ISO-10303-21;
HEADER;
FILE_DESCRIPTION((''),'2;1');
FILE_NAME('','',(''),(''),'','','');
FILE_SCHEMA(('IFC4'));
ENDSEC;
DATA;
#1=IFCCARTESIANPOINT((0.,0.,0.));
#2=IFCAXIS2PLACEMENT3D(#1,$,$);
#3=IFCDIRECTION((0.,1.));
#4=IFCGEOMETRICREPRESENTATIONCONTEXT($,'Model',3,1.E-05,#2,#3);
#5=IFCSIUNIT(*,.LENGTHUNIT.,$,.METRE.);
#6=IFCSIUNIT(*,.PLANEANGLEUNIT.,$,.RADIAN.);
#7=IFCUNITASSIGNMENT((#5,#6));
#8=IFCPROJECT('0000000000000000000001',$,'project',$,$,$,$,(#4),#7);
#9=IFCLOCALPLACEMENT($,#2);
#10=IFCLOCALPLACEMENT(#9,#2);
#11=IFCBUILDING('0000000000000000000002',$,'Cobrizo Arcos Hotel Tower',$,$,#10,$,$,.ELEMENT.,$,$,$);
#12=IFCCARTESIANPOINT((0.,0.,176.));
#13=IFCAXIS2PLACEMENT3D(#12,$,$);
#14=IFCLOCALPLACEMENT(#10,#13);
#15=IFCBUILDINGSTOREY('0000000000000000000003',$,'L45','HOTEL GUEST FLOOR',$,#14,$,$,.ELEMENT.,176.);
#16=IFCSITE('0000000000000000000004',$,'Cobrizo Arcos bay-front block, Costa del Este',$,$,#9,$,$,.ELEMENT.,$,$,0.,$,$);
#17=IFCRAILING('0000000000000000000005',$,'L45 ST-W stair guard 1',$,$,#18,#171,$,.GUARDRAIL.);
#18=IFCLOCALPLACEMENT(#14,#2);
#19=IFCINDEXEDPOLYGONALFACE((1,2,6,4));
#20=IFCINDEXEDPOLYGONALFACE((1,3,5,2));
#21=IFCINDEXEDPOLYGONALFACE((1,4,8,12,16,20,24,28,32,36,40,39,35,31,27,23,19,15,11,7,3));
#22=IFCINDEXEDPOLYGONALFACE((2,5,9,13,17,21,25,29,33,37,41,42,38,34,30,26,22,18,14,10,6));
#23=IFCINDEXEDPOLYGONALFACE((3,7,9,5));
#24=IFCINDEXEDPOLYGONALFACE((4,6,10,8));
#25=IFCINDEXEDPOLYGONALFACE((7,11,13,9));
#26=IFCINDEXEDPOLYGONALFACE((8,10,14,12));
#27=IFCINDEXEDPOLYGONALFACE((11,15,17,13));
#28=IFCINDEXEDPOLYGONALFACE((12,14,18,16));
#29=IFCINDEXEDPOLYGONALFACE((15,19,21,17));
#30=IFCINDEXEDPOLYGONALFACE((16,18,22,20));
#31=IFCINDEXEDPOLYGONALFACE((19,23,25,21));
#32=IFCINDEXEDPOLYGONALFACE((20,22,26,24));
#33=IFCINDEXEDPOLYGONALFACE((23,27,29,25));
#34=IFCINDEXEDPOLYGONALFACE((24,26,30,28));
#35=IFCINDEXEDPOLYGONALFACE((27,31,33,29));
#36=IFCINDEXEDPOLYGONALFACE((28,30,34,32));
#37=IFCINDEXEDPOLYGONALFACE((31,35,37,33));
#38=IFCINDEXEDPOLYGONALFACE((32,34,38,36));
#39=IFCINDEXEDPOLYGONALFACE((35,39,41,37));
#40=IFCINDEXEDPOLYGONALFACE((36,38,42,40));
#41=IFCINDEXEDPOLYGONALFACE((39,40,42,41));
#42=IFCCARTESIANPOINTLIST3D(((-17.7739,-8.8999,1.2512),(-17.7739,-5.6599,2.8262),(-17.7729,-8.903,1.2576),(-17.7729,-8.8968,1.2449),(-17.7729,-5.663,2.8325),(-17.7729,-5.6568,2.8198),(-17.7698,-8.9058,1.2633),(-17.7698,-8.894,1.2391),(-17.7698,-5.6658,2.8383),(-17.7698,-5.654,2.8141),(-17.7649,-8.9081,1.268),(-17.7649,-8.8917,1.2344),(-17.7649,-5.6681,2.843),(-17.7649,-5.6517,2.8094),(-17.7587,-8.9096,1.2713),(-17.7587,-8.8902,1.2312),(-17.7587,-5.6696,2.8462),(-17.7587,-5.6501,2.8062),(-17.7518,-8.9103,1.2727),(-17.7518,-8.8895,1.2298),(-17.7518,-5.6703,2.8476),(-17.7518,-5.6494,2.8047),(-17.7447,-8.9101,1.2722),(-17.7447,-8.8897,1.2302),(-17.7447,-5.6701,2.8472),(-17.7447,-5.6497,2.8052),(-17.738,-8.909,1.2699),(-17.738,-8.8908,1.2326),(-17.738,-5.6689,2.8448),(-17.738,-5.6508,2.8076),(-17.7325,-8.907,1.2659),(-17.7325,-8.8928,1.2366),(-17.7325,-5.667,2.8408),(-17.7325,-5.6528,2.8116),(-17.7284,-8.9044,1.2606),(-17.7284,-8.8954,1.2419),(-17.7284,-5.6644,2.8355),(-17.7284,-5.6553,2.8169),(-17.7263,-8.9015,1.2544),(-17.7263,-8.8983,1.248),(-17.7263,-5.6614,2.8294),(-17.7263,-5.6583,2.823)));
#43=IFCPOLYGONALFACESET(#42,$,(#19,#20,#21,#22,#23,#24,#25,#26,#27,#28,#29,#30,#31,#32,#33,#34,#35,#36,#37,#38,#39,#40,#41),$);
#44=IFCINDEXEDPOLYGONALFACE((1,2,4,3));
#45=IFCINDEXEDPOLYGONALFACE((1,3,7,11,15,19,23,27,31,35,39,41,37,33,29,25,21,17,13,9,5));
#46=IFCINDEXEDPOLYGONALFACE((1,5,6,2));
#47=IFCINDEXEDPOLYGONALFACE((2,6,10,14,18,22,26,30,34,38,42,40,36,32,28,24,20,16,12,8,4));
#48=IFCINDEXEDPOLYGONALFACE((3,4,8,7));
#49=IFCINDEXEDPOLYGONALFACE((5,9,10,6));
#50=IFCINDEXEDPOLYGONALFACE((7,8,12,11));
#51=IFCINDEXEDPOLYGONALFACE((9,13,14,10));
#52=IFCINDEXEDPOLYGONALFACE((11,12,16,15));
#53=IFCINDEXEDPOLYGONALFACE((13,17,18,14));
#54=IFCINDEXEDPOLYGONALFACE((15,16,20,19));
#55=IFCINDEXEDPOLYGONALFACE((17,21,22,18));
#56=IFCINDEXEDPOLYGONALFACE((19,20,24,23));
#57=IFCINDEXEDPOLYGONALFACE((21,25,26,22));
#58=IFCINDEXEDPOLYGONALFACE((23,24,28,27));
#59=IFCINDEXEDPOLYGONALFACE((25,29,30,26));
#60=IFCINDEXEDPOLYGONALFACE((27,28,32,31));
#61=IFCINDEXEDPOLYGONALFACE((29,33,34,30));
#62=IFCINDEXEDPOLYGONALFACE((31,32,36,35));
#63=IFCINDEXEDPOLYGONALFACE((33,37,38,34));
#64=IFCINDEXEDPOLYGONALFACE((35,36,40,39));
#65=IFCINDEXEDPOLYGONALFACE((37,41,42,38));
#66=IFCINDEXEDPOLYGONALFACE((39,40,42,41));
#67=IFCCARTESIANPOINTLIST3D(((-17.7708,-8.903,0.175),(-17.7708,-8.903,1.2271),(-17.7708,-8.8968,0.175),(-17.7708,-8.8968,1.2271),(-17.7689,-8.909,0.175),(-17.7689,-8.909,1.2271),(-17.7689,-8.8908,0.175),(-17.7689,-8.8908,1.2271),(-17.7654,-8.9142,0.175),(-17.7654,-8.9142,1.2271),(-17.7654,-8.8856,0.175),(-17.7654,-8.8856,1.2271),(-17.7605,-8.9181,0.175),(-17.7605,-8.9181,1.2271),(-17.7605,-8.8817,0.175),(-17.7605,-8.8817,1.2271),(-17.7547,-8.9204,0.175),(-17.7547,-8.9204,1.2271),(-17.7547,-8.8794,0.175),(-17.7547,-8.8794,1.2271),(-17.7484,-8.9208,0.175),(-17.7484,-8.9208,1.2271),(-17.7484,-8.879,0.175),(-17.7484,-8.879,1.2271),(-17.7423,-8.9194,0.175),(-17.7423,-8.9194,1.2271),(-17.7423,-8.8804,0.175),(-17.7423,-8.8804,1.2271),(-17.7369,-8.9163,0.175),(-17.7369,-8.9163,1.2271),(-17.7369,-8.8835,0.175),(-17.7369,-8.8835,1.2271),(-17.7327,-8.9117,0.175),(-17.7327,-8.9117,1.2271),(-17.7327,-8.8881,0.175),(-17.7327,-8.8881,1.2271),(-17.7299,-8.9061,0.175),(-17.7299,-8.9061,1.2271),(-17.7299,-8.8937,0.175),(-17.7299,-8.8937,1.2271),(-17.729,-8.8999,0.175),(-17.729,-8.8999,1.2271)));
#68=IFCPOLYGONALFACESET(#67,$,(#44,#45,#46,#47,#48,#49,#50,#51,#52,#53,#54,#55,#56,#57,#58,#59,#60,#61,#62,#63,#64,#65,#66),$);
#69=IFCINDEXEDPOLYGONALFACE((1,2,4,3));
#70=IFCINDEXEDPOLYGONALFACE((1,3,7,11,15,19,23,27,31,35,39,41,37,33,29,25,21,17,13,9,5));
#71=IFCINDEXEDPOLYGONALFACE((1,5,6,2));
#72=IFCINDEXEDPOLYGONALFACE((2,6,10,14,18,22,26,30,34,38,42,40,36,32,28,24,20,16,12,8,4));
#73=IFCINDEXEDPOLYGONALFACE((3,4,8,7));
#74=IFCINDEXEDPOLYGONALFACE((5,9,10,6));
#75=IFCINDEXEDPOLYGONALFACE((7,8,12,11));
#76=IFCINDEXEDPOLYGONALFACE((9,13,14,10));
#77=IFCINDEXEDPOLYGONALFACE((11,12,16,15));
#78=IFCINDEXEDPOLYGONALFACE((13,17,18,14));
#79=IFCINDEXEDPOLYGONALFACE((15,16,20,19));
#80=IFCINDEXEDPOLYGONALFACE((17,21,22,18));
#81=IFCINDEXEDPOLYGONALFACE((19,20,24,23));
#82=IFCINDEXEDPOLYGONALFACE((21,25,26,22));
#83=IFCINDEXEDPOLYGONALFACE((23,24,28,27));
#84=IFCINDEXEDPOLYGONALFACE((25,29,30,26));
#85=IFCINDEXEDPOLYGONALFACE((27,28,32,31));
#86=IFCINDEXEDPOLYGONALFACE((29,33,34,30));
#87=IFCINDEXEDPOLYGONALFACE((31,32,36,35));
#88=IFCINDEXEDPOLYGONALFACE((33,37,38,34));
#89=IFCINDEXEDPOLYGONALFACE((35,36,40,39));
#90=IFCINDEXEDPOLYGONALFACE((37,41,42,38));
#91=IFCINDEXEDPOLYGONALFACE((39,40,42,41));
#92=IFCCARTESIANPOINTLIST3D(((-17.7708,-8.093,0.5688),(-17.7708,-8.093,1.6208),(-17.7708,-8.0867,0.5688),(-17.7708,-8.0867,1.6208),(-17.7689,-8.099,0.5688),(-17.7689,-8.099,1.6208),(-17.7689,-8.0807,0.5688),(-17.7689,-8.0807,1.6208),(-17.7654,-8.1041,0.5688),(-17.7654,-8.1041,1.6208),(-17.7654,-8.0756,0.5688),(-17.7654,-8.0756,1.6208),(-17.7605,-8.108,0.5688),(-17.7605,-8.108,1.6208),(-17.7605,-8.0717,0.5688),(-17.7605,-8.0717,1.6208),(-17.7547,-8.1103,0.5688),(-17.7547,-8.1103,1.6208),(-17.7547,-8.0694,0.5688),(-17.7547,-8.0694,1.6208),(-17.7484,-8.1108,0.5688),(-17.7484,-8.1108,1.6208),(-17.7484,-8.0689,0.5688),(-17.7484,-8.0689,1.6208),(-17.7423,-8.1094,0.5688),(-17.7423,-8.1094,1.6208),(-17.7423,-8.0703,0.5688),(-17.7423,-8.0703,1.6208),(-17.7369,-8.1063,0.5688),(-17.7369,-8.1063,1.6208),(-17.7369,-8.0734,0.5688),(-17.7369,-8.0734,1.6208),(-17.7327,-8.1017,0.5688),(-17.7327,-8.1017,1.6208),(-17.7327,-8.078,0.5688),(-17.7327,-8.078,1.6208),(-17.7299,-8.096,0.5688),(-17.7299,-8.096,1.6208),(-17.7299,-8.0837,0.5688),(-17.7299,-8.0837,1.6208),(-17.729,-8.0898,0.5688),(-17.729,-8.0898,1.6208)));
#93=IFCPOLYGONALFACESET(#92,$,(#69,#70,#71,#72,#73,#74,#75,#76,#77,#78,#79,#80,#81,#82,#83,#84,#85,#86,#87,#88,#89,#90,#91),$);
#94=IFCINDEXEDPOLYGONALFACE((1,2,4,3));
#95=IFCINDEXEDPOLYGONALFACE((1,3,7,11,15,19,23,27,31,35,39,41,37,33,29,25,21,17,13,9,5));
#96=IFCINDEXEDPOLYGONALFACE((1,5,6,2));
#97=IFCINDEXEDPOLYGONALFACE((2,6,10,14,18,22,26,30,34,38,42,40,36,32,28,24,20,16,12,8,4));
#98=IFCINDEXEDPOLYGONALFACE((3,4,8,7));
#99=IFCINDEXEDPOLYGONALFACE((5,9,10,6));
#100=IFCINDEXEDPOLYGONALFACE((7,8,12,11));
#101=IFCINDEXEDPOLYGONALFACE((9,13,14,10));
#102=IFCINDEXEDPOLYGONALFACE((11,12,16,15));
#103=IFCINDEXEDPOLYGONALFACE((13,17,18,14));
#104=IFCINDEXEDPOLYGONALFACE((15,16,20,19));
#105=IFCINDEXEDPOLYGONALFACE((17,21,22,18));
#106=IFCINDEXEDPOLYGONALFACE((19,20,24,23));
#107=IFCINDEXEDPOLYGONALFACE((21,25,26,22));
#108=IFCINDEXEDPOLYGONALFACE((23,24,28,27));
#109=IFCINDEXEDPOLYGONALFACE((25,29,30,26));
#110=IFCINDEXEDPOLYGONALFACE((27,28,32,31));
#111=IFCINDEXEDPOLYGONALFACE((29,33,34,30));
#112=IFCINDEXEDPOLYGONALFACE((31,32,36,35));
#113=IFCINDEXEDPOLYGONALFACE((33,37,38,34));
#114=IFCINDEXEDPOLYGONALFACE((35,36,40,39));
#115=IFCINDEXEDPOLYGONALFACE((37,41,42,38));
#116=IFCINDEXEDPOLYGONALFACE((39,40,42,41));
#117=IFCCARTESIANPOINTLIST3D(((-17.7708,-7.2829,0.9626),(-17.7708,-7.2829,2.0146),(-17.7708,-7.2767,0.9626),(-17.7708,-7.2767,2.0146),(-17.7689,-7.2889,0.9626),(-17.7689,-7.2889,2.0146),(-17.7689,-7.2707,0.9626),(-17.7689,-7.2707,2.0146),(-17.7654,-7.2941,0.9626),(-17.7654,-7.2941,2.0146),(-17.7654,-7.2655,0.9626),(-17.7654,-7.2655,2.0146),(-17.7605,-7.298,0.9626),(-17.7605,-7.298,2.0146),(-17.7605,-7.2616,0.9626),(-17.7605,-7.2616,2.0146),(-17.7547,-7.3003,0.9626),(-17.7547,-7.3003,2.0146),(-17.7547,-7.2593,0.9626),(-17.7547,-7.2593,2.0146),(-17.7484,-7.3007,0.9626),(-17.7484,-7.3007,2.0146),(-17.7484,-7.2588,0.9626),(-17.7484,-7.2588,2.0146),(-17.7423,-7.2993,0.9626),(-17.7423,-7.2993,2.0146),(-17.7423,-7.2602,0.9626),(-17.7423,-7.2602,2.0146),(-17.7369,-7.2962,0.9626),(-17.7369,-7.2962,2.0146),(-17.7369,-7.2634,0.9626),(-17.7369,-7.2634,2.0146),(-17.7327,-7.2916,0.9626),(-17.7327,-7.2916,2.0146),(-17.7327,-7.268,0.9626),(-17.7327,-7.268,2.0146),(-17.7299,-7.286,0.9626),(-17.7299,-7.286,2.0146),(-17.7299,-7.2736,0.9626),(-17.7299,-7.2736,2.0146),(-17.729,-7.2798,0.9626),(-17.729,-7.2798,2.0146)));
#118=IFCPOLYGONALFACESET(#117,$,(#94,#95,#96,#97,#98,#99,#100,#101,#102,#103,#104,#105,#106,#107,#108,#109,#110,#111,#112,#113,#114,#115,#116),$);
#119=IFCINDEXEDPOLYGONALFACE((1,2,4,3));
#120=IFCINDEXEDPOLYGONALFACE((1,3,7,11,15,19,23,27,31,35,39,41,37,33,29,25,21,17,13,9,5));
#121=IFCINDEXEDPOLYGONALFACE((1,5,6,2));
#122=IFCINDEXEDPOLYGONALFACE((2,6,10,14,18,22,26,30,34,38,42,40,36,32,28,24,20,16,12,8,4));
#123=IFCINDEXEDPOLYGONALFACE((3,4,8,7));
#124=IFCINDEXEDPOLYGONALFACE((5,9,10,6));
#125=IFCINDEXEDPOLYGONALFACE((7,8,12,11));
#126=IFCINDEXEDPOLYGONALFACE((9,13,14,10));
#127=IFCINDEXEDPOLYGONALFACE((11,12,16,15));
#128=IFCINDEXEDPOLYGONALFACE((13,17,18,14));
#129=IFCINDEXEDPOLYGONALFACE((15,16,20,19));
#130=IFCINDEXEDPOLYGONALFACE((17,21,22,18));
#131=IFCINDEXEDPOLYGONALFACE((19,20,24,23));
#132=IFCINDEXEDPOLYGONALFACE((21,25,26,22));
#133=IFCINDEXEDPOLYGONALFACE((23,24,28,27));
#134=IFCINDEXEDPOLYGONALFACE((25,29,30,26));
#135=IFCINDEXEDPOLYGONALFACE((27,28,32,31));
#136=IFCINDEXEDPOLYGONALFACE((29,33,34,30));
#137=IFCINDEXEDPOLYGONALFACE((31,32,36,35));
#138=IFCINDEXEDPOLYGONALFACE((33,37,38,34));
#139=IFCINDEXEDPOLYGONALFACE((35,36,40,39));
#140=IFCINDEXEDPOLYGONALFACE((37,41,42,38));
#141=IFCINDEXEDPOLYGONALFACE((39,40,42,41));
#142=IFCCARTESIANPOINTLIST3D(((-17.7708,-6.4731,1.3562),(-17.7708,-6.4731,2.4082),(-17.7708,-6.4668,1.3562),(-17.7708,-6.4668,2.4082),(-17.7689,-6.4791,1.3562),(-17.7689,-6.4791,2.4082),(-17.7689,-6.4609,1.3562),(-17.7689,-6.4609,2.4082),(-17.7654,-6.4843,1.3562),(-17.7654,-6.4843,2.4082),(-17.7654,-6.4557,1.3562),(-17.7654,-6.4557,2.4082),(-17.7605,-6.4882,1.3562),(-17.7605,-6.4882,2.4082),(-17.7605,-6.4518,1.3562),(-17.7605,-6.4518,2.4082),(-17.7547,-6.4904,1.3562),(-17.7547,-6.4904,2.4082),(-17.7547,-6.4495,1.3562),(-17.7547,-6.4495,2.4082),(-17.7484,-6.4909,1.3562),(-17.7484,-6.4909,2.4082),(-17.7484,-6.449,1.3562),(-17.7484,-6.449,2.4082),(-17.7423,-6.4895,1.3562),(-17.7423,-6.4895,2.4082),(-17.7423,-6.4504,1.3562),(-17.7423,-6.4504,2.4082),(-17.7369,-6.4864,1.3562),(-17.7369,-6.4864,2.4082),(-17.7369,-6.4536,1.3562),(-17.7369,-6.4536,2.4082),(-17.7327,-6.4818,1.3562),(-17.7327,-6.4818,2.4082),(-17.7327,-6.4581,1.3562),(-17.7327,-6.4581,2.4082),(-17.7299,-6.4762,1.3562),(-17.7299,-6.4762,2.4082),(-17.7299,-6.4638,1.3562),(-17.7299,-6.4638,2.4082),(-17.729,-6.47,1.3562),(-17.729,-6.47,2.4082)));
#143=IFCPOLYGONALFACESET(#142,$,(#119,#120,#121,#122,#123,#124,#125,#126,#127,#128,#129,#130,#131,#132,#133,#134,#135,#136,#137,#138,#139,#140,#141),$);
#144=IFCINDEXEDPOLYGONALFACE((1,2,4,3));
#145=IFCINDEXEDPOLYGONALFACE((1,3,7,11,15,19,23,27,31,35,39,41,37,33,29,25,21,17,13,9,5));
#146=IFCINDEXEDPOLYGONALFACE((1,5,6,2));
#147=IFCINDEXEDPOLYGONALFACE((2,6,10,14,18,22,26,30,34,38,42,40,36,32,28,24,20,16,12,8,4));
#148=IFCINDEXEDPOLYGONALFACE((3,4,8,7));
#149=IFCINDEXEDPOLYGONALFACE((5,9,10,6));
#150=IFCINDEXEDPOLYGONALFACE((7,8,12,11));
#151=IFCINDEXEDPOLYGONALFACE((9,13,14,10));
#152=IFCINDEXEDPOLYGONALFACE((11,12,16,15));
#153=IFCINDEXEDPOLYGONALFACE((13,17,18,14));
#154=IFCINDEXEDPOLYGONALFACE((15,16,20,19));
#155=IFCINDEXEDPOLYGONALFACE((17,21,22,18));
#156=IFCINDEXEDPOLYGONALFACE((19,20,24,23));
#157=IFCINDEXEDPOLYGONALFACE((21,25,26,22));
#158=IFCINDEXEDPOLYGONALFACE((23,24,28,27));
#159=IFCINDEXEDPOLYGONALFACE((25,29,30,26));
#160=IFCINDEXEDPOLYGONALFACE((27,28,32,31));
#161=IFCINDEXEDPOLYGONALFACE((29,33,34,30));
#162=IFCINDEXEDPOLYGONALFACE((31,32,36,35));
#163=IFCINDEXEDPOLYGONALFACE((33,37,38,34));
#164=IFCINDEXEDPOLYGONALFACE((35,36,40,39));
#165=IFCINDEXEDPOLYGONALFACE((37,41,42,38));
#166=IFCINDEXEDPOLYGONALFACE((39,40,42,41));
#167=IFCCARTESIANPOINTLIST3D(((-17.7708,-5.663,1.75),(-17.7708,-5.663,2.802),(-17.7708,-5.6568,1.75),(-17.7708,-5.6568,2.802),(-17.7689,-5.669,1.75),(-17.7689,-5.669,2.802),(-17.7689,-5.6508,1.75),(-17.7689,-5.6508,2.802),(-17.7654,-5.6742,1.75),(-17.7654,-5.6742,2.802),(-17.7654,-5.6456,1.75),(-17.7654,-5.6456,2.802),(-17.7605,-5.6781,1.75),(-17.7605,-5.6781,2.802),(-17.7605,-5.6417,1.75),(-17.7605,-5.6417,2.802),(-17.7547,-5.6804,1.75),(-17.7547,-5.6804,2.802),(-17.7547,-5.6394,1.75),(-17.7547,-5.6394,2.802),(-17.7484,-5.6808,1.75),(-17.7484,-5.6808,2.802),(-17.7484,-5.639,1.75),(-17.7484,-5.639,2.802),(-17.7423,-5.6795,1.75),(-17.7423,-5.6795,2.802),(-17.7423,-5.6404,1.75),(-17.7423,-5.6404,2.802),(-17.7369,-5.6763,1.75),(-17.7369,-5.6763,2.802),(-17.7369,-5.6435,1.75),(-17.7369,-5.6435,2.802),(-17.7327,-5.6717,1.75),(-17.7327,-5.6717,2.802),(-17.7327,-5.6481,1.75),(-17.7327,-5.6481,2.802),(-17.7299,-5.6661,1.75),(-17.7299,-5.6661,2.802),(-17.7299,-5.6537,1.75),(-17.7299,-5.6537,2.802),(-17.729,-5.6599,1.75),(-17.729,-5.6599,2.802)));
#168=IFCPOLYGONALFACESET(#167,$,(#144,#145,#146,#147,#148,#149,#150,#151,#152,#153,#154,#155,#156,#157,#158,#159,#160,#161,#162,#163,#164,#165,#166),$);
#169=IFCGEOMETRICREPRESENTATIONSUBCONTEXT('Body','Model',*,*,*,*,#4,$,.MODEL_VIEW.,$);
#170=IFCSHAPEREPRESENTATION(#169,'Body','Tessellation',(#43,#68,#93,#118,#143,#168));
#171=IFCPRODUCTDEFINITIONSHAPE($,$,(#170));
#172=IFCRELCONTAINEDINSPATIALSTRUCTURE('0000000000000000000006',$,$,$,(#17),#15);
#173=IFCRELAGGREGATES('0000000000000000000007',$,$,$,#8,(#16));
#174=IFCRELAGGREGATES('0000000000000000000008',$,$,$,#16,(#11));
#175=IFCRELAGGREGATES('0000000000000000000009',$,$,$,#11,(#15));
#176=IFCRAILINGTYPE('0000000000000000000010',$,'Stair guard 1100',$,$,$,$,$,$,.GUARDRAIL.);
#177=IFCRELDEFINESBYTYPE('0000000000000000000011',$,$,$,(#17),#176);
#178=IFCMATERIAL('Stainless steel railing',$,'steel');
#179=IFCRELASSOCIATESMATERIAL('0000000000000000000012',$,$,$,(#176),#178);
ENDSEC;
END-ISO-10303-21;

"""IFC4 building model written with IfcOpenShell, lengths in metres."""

from ifc_helpers import new_model, si_unit, direction, frame, origin, origin_2d, place, context, subcontext, project, spatial, circle, extrude, material, type_object, element, save


model = new_model("IFC4")

# Units and contexts
model_context = context("Model", 3, precision=1e-05, world=origin(), true_north=direction((0.0, 1.0)))
body_context = subcontext(model_context, "Body", "Model", "MODEL_VIEW")
ifc_project = project(units=[si_unit("LENGTHUNIT", "METRE"), si_unit("PLANEANGLEUNIT", "RADIAN")], contexts=[model_context])

# Site, building, storey
site_placement = place(None, origin())
site = spatial("IfcSite", under=ifc_project, at=site_placement, Name="Cobrizo Arcos bay-front block, Costa del Este", CompositionType="ELEMENT", RefElevation=0.0)
building_placement = place(site_placement, origin())
building = spatial("IfcBuilding", under=site, at=building_placement, Name="Cobrizo Arcos Hotel Tower", CompositionType="ELEMENT")
storey_placement = place(building_placement, frame((0.0, 0.0, 176.0)))
storey = spatial("IfcBuildingStorey", under=building, at=storey_placement, Name="L45", Description="HOTEL GUEST FLOOR", CompositionType="ELEMENT", Elevation=176.0)

# Railing
ifc_material_1 = material(Name="Stainless steel railing", Category="steel")
railing_type_1 = type_object("IfcRailingType", Name="Stair guard 1100", PredefinedType="GUARDRAIL", material=ifc_material_1)
railing_1_placement = place(storey_placement, frame((-17.75, -8.8999, 0.175)))
element("IfcRailing", 1, at=railing_1_placement, inside=storey, type_object=railing_type_1, Name="L45 ST-W stair guard 1", PredefinedType="GUARDRAIL", context=body_context, shape_type="SweptSolid", body=[
    extrude(circle(Radius=0.0239, at=origin_2d()), frame((0.0, 0.0, 1.0762), z_axis=(0.0, 0.899373, 0.437183), x_axis=(-1.0, 0.0, 0.0)), (0.0, 0.0, 1.0), 3.6025),
    extrude(circle(Radius=0.021, at=origin_2d()), origin(), (0.0, 0.0, 1.0), 1.052),
    extrude(circle(Radius=0.021, at=origin_2d()), frame((0.0, 0.8101, 0.3938)), (0.0, 0.0, 1.0), 1.052),
    extrude(circle(Radius=0.021, at=origin_2d()), frame((0.0, 1.6201, 0.7876)), (0.0, 0.0, 1.0), 1.052),
    extrude(circle(Radius=0.021, at=origin_2d()), frame((0.0, 2.4299, 1.1812)), (0.0, 0.0, 1.0), 1.052),
    extrude(circle(Radius=0.021, at=origin_2d()), frame((0.0, 3.24, 1.575)), (0.0, 0.0, 1.0), 1.052),
])

save(model, "model.ifc")
